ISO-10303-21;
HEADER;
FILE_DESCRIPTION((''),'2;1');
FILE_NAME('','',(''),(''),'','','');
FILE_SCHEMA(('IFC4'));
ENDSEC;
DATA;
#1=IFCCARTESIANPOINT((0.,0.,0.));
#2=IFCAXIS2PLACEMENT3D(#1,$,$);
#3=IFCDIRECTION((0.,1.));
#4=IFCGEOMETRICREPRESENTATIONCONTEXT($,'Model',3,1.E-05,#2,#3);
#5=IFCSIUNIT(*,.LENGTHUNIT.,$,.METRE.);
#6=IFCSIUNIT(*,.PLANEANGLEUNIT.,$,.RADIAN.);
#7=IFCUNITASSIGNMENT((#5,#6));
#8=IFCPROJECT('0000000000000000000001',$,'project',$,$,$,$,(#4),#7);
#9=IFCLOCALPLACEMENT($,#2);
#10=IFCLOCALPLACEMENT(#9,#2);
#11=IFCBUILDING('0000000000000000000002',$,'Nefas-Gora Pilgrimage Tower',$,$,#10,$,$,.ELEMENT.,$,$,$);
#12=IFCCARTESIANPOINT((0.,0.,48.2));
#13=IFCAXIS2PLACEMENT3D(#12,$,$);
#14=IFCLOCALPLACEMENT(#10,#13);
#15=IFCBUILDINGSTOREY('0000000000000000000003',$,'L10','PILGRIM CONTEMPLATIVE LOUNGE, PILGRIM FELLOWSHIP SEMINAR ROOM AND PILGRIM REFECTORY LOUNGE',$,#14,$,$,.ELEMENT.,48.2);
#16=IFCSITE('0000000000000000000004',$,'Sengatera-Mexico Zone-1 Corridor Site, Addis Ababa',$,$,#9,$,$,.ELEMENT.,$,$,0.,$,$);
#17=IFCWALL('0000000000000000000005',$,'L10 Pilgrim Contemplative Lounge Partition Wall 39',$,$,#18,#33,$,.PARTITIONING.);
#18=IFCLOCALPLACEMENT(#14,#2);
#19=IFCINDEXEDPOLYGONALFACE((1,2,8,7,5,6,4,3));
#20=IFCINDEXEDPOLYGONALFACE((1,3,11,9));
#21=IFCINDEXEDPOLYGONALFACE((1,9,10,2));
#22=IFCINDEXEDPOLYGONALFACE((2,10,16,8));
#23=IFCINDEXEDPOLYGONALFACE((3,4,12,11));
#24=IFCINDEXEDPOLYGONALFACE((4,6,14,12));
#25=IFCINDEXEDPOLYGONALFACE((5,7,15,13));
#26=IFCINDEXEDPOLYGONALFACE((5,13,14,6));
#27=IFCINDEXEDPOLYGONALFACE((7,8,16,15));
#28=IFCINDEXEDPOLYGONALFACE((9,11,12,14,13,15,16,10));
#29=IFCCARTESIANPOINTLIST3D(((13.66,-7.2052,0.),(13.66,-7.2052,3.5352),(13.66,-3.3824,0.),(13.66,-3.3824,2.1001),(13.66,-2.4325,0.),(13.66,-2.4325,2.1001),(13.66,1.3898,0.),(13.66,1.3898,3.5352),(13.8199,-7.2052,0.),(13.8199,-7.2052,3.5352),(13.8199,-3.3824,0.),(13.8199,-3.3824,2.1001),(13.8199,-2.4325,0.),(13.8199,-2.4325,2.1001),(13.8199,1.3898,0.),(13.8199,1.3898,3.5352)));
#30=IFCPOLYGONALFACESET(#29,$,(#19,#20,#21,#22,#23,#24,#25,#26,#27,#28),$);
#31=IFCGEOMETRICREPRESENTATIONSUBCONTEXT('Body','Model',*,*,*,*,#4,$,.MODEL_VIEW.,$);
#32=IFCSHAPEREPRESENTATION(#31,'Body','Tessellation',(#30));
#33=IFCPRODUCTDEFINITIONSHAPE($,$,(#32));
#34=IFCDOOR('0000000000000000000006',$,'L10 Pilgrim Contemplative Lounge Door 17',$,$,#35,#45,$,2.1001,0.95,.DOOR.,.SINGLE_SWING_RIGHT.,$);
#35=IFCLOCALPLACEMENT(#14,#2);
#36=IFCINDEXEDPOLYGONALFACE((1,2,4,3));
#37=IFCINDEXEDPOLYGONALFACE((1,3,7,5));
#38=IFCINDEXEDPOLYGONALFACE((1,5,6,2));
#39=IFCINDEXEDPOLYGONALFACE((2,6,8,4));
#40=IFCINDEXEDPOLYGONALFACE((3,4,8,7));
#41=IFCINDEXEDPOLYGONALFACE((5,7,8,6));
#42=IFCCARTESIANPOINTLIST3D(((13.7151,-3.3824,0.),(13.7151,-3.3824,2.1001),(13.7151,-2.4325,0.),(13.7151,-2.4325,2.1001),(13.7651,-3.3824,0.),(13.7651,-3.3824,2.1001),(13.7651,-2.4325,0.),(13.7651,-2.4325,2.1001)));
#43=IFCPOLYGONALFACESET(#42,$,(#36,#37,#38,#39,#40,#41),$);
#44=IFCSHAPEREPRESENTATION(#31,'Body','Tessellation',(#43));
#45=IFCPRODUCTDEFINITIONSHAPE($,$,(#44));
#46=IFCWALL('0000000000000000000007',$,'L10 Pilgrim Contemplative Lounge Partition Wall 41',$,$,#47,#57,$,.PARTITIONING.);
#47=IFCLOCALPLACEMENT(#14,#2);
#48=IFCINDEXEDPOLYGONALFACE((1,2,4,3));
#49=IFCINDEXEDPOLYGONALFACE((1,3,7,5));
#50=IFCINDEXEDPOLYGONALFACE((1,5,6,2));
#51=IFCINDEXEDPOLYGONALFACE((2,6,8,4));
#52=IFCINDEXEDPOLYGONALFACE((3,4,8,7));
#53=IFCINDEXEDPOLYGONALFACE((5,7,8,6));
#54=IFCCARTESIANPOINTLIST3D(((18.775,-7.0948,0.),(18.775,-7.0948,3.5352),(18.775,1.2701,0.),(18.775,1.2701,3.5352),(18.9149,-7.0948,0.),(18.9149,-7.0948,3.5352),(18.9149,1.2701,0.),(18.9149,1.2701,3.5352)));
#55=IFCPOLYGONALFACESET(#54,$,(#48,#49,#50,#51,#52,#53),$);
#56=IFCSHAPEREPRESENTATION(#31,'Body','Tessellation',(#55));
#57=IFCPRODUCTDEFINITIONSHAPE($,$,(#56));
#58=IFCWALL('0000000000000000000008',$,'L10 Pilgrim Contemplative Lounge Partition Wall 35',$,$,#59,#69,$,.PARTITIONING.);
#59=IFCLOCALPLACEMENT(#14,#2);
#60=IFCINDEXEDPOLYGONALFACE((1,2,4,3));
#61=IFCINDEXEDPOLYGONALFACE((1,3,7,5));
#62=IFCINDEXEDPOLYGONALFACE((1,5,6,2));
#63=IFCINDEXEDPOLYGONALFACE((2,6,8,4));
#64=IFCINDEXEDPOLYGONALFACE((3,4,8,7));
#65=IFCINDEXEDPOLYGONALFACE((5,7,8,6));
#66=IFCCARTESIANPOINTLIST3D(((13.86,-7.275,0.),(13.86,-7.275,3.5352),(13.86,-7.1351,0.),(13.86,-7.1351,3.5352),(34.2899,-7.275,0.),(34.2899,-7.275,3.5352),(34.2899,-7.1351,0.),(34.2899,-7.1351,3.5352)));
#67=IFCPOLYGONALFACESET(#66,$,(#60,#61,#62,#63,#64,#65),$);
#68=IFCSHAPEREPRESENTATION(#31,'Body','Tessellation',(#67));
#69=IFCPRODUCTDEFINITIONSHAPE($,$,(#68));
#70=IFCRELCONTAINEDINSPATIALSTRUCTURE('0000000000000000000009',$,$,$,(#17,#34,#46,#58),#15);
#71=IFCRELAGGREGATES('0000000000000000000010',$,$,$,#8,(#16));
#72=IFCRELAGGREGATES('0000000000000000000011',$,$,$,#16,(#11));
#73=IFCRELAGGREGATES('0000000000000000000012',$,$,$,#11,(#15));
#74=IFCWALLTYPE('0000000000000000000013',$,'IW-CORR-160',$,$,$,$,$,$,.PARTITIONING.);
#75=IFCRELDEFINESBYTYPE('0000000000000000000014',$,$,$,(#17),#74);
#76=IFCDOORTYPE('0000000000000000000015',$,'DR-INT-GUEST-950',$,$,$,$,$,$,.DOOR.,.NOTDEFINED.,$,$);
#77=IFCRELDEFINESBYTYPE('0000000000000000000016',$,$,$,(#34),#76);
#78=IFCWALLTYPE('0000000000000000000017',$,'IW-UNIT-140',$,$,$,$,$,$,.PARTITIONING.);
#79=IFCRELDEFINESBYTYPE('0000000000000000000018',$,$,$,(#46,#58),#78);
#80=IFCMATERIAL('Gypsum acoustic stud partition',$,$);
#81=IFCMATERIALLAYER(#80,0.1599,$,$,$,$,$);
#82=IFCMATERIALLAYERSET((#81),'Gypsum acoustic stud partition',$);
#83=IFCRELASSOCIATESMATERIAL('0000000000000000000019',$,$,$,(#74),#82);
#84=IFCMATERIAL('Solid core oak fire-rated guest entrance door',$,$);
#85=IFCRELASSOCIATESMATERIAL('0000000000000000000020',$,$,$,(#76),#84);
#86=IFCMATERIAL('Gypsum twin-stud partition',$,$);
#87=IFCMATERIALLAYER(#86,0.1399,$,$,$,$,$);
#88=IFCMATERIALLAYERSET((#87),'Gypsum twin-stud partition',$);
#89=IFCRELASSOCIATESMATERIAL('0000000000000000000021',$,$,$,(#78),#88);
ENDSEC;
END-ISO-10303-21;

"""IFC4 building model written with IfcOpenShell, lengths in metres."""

from ifc_helpers import new_model, si_unit, direction, frame, frame_2d, origin, place, context, subcontext, project, spatial, rectangle, extrude, source, transform, mapped, material, layer, layer_set, type_object, element, fill, save


model = new_model("IFC4")

# Units and contexts
model_context = context("Model", 3, precision=1e-05, world=origin(), true_north=direction((0.0, 1.0)))
body_context = subcontext(model_context, "Body", "Model", "MODEL_VIEW")
ifc_project = project(units=[si_unit("LENGTHUNIT", "METRE"), si_unit("PLANEANGLEUNIT", "RADIAN")], contexts=[model_context])

# Site, building, storey
site_placement = place(None, origin())
site = spatial("IfcSite", under=ifc_project, at=site_placement, Name="Sengatera-Mexico Zone-1 Corridor Site, Addis Ababa", CompositionType="ELEMENT", RefElevation=0.0)
building_placement = place(site_placement, origin())
building = spatial("IfcBuilding", under=site, at=building_placement, Name="Nefas-Gora Pilgrimage Tower", CompositionType="ELEMENT")
storey_placement = place(building_placement, frame((0.0, 0.0, 48.2)))
storey = spatial("IfcBuildingStorey", under=building, at=storey_placement, Name="L10", Description="PILGRIM CONTEMPLATIVE LOUNGE, PILGRIM FELLOWSHIP SEMINAR ROOM AND PILGRIM REFECTORY LOUNGE", CompositionType="ELEMENT", Elevation=48.2)

# Wall, opening, door
ifc_material_1 = material(Name="Gypsum acoustic stud partition")
ifc_layer_1 = layer(ifc_material_1, 0.1599)
ifc_layer_set_1 = layer_set([ifc_layer_1], Name="Gypsum acoustic stud partition")
wall_type_1 = type_object("IfcWallType", Name="IW-CORR-160", PredefinedType="PARTITIONING", material=ifc_layer_set_1)
shared_shape_1 = source(origin(), body_context, "Body", "SweptSolid", [
    extrude(rectangle(XDim=8.595, YDim=0.1599, at=frame_2d((4.2974, 0.0))), origin(), (0.0, 0.0, 1.0), 3.5352),
])
wall_1_placement = place(storey_placement, frame((13.74, -7.2051, 0.0), z_axis=(0.0, 0.0, 1.0), x_axis=(0.0, 1.0, 0.0)))
wall_1 = element("IfcWall", 1, at=wall_1_placement, inside=storey, type_object=wall_type_1, Name="L10 Pilgrim Contemplative Lounge Partition Wall 39", PredefinedType="PARTITIONING", context=body_context, shape_type="MappedRepresentation", body=[
    mapped(shared_shape_1, transform((0.0, 0.0, 0.0), x_axis=(1.0, 0.0, 0.0), y_axis=(0.0, 1.0, 0.0), z_axis=(0.0, 0.0, 1.0), scale=1.0)),
])
opening_placement = place(wall_1_placement, frame((3.8225, 0.0, 0.0)))
opening = element("IfcOpeningElement", 2, at=opening_placement, cuts=wall_1, PredefinedType="OPENING", context=body_context, shape_type="SweptSolid", body=[
    extrude(rectangle(XDim=0.95, YDim=2.1001, at=frame_2d((0.4751, 1.05))), frame((0.0, 0.0898, 0.0), z_axis=(0.0, -1.0, 0.0), x_axis=(1.0, 0.0, 0.0)), (0.0, 0.0, 1.0), 0.1799),
])
ifc_material_2 = material(Name="Solid core oak fire-rated guest entrance door")
door_type = type_object("IfcDoorType", Name="DR-INT-GUEST-950", OperationType="NOTDEFINED", PredefinedType="DOOR", material=ifc_material_2)
shared_shape_2 = source(origin(), body_context, "Body", "SweptSolid", [
    extrude(rectangle(XDim=0.95, YDim=2.1001, at=frame_2d((0.4751, 1.05))), frame((0.0, 0.0249, 0.0), z_axis=(0.0, -1.0, 0.0), x_axis=(1.0, 0.0, 0.0)), (0.0, 0.0, 1.0), 0.05),
])
door_placement = place(opening_placement, origin())
door = element("IfcDoor", 3, at=door_placement, inside=storey, type_object=door_type, Name="L10 Pilgrim Contemplative Lounge Door 17", OperationType="SINGLE_SWING_RIGHT", OverallHeight=2.1001, OverallWidth=0.95, PredefinedType="DOOR", context=body_context, shape_type="MappedRepresentation", body=[
    mapped(shared_shape_2, transform((0.0, 0.0, 0.0), x_axis=(1.0, 0.0, 0.0), y_axis=(0.0, 1.0, 0.0), z_axis=(0.0, 0.0, 1.0), scale=1.0)),
])
fill(opening, door)

# Walls
ifc_material_3 = material(Name="Gypsum twin-stud partition")
ifc_layer_2 = layer(ifc_material_3, 0.1399)
ifc_layer_set_2 = layer_set([ifc_layer_2], Name="Gypsum twin-stud partition")
wall_type_2 = type_object("IfcWallType", Name="IW-UNIT-140", PredefinedType="PARTITIONING", material=ifc_layer_set_2)
shared_shape_3 = source(origin(), body_context, "Body", "SweptSolid", [
    extrude(rectangle(XDim=8.365, YDim=0.1399, at=frame_2d((4.1826, 0.0))), origin(), (0.0, 0.0, 1.0), 3.5352),
])
wall_2_placement = place(storey_placement, frame((18.845, -7.095, 0.0), z_axis=(0.0, 0.0, 1.0), x_axis=(0.0, 1.0, 0.0)))
element("IfcWall", 4, at=wall_2_placement, inside=storey, type_object=wall_type_2, Name="L10 Pilgrim Contemplative Lounge Partition Wall 41", PredefinedType="PARTITIONING", context=body_context, shape_type="MappedRepresentation", body=[
    mapped(shared_shape_3, transform((0.0, 0.0, 0.0), x_axis=(1.0, 0.0, 0.0), y_axis=(0.0, 1.0, 0.0), z_axis=(0.0, 0.0, 1.0), scale=1.0)),
])
shared_shape_4 = source(origin(), body_context, "Body", "SweptSolid", [
    extrude(rectangle(XDim=20.4299, YDim=0.1399, at=frame_2d((10.2148, 0.0))), origin(), (0.0, 0.0, 1.0), 3.5352),
])
wall_3_placement = place(storey_placement, frame((13.8601, -7.2051, 0.0), z_axis=(0.0, 0.0, 1.0), x_axis=(1.0, 0.0, 0.0)))
element("IfcWall", 5, at=wall_3_placement, inside=storey, type_object=wall_type_2, Name="L10 Pilgrim Contemplative Lounge Partition Wall 35", PredefinedType="PARTITIONING", context=body_context, shape_type="MappedRepresentation", body=[
    mapped(shared_shape_4, transform((0.0, 0.0, 0.0), x_axis=(1.0, 0.0, 0.0), y_axis=(0.0, 1.0, 0.0), z_axis=(0.0, 0.0, 1.0), scale=1.0)),
])

save(model, "model.ifc")
